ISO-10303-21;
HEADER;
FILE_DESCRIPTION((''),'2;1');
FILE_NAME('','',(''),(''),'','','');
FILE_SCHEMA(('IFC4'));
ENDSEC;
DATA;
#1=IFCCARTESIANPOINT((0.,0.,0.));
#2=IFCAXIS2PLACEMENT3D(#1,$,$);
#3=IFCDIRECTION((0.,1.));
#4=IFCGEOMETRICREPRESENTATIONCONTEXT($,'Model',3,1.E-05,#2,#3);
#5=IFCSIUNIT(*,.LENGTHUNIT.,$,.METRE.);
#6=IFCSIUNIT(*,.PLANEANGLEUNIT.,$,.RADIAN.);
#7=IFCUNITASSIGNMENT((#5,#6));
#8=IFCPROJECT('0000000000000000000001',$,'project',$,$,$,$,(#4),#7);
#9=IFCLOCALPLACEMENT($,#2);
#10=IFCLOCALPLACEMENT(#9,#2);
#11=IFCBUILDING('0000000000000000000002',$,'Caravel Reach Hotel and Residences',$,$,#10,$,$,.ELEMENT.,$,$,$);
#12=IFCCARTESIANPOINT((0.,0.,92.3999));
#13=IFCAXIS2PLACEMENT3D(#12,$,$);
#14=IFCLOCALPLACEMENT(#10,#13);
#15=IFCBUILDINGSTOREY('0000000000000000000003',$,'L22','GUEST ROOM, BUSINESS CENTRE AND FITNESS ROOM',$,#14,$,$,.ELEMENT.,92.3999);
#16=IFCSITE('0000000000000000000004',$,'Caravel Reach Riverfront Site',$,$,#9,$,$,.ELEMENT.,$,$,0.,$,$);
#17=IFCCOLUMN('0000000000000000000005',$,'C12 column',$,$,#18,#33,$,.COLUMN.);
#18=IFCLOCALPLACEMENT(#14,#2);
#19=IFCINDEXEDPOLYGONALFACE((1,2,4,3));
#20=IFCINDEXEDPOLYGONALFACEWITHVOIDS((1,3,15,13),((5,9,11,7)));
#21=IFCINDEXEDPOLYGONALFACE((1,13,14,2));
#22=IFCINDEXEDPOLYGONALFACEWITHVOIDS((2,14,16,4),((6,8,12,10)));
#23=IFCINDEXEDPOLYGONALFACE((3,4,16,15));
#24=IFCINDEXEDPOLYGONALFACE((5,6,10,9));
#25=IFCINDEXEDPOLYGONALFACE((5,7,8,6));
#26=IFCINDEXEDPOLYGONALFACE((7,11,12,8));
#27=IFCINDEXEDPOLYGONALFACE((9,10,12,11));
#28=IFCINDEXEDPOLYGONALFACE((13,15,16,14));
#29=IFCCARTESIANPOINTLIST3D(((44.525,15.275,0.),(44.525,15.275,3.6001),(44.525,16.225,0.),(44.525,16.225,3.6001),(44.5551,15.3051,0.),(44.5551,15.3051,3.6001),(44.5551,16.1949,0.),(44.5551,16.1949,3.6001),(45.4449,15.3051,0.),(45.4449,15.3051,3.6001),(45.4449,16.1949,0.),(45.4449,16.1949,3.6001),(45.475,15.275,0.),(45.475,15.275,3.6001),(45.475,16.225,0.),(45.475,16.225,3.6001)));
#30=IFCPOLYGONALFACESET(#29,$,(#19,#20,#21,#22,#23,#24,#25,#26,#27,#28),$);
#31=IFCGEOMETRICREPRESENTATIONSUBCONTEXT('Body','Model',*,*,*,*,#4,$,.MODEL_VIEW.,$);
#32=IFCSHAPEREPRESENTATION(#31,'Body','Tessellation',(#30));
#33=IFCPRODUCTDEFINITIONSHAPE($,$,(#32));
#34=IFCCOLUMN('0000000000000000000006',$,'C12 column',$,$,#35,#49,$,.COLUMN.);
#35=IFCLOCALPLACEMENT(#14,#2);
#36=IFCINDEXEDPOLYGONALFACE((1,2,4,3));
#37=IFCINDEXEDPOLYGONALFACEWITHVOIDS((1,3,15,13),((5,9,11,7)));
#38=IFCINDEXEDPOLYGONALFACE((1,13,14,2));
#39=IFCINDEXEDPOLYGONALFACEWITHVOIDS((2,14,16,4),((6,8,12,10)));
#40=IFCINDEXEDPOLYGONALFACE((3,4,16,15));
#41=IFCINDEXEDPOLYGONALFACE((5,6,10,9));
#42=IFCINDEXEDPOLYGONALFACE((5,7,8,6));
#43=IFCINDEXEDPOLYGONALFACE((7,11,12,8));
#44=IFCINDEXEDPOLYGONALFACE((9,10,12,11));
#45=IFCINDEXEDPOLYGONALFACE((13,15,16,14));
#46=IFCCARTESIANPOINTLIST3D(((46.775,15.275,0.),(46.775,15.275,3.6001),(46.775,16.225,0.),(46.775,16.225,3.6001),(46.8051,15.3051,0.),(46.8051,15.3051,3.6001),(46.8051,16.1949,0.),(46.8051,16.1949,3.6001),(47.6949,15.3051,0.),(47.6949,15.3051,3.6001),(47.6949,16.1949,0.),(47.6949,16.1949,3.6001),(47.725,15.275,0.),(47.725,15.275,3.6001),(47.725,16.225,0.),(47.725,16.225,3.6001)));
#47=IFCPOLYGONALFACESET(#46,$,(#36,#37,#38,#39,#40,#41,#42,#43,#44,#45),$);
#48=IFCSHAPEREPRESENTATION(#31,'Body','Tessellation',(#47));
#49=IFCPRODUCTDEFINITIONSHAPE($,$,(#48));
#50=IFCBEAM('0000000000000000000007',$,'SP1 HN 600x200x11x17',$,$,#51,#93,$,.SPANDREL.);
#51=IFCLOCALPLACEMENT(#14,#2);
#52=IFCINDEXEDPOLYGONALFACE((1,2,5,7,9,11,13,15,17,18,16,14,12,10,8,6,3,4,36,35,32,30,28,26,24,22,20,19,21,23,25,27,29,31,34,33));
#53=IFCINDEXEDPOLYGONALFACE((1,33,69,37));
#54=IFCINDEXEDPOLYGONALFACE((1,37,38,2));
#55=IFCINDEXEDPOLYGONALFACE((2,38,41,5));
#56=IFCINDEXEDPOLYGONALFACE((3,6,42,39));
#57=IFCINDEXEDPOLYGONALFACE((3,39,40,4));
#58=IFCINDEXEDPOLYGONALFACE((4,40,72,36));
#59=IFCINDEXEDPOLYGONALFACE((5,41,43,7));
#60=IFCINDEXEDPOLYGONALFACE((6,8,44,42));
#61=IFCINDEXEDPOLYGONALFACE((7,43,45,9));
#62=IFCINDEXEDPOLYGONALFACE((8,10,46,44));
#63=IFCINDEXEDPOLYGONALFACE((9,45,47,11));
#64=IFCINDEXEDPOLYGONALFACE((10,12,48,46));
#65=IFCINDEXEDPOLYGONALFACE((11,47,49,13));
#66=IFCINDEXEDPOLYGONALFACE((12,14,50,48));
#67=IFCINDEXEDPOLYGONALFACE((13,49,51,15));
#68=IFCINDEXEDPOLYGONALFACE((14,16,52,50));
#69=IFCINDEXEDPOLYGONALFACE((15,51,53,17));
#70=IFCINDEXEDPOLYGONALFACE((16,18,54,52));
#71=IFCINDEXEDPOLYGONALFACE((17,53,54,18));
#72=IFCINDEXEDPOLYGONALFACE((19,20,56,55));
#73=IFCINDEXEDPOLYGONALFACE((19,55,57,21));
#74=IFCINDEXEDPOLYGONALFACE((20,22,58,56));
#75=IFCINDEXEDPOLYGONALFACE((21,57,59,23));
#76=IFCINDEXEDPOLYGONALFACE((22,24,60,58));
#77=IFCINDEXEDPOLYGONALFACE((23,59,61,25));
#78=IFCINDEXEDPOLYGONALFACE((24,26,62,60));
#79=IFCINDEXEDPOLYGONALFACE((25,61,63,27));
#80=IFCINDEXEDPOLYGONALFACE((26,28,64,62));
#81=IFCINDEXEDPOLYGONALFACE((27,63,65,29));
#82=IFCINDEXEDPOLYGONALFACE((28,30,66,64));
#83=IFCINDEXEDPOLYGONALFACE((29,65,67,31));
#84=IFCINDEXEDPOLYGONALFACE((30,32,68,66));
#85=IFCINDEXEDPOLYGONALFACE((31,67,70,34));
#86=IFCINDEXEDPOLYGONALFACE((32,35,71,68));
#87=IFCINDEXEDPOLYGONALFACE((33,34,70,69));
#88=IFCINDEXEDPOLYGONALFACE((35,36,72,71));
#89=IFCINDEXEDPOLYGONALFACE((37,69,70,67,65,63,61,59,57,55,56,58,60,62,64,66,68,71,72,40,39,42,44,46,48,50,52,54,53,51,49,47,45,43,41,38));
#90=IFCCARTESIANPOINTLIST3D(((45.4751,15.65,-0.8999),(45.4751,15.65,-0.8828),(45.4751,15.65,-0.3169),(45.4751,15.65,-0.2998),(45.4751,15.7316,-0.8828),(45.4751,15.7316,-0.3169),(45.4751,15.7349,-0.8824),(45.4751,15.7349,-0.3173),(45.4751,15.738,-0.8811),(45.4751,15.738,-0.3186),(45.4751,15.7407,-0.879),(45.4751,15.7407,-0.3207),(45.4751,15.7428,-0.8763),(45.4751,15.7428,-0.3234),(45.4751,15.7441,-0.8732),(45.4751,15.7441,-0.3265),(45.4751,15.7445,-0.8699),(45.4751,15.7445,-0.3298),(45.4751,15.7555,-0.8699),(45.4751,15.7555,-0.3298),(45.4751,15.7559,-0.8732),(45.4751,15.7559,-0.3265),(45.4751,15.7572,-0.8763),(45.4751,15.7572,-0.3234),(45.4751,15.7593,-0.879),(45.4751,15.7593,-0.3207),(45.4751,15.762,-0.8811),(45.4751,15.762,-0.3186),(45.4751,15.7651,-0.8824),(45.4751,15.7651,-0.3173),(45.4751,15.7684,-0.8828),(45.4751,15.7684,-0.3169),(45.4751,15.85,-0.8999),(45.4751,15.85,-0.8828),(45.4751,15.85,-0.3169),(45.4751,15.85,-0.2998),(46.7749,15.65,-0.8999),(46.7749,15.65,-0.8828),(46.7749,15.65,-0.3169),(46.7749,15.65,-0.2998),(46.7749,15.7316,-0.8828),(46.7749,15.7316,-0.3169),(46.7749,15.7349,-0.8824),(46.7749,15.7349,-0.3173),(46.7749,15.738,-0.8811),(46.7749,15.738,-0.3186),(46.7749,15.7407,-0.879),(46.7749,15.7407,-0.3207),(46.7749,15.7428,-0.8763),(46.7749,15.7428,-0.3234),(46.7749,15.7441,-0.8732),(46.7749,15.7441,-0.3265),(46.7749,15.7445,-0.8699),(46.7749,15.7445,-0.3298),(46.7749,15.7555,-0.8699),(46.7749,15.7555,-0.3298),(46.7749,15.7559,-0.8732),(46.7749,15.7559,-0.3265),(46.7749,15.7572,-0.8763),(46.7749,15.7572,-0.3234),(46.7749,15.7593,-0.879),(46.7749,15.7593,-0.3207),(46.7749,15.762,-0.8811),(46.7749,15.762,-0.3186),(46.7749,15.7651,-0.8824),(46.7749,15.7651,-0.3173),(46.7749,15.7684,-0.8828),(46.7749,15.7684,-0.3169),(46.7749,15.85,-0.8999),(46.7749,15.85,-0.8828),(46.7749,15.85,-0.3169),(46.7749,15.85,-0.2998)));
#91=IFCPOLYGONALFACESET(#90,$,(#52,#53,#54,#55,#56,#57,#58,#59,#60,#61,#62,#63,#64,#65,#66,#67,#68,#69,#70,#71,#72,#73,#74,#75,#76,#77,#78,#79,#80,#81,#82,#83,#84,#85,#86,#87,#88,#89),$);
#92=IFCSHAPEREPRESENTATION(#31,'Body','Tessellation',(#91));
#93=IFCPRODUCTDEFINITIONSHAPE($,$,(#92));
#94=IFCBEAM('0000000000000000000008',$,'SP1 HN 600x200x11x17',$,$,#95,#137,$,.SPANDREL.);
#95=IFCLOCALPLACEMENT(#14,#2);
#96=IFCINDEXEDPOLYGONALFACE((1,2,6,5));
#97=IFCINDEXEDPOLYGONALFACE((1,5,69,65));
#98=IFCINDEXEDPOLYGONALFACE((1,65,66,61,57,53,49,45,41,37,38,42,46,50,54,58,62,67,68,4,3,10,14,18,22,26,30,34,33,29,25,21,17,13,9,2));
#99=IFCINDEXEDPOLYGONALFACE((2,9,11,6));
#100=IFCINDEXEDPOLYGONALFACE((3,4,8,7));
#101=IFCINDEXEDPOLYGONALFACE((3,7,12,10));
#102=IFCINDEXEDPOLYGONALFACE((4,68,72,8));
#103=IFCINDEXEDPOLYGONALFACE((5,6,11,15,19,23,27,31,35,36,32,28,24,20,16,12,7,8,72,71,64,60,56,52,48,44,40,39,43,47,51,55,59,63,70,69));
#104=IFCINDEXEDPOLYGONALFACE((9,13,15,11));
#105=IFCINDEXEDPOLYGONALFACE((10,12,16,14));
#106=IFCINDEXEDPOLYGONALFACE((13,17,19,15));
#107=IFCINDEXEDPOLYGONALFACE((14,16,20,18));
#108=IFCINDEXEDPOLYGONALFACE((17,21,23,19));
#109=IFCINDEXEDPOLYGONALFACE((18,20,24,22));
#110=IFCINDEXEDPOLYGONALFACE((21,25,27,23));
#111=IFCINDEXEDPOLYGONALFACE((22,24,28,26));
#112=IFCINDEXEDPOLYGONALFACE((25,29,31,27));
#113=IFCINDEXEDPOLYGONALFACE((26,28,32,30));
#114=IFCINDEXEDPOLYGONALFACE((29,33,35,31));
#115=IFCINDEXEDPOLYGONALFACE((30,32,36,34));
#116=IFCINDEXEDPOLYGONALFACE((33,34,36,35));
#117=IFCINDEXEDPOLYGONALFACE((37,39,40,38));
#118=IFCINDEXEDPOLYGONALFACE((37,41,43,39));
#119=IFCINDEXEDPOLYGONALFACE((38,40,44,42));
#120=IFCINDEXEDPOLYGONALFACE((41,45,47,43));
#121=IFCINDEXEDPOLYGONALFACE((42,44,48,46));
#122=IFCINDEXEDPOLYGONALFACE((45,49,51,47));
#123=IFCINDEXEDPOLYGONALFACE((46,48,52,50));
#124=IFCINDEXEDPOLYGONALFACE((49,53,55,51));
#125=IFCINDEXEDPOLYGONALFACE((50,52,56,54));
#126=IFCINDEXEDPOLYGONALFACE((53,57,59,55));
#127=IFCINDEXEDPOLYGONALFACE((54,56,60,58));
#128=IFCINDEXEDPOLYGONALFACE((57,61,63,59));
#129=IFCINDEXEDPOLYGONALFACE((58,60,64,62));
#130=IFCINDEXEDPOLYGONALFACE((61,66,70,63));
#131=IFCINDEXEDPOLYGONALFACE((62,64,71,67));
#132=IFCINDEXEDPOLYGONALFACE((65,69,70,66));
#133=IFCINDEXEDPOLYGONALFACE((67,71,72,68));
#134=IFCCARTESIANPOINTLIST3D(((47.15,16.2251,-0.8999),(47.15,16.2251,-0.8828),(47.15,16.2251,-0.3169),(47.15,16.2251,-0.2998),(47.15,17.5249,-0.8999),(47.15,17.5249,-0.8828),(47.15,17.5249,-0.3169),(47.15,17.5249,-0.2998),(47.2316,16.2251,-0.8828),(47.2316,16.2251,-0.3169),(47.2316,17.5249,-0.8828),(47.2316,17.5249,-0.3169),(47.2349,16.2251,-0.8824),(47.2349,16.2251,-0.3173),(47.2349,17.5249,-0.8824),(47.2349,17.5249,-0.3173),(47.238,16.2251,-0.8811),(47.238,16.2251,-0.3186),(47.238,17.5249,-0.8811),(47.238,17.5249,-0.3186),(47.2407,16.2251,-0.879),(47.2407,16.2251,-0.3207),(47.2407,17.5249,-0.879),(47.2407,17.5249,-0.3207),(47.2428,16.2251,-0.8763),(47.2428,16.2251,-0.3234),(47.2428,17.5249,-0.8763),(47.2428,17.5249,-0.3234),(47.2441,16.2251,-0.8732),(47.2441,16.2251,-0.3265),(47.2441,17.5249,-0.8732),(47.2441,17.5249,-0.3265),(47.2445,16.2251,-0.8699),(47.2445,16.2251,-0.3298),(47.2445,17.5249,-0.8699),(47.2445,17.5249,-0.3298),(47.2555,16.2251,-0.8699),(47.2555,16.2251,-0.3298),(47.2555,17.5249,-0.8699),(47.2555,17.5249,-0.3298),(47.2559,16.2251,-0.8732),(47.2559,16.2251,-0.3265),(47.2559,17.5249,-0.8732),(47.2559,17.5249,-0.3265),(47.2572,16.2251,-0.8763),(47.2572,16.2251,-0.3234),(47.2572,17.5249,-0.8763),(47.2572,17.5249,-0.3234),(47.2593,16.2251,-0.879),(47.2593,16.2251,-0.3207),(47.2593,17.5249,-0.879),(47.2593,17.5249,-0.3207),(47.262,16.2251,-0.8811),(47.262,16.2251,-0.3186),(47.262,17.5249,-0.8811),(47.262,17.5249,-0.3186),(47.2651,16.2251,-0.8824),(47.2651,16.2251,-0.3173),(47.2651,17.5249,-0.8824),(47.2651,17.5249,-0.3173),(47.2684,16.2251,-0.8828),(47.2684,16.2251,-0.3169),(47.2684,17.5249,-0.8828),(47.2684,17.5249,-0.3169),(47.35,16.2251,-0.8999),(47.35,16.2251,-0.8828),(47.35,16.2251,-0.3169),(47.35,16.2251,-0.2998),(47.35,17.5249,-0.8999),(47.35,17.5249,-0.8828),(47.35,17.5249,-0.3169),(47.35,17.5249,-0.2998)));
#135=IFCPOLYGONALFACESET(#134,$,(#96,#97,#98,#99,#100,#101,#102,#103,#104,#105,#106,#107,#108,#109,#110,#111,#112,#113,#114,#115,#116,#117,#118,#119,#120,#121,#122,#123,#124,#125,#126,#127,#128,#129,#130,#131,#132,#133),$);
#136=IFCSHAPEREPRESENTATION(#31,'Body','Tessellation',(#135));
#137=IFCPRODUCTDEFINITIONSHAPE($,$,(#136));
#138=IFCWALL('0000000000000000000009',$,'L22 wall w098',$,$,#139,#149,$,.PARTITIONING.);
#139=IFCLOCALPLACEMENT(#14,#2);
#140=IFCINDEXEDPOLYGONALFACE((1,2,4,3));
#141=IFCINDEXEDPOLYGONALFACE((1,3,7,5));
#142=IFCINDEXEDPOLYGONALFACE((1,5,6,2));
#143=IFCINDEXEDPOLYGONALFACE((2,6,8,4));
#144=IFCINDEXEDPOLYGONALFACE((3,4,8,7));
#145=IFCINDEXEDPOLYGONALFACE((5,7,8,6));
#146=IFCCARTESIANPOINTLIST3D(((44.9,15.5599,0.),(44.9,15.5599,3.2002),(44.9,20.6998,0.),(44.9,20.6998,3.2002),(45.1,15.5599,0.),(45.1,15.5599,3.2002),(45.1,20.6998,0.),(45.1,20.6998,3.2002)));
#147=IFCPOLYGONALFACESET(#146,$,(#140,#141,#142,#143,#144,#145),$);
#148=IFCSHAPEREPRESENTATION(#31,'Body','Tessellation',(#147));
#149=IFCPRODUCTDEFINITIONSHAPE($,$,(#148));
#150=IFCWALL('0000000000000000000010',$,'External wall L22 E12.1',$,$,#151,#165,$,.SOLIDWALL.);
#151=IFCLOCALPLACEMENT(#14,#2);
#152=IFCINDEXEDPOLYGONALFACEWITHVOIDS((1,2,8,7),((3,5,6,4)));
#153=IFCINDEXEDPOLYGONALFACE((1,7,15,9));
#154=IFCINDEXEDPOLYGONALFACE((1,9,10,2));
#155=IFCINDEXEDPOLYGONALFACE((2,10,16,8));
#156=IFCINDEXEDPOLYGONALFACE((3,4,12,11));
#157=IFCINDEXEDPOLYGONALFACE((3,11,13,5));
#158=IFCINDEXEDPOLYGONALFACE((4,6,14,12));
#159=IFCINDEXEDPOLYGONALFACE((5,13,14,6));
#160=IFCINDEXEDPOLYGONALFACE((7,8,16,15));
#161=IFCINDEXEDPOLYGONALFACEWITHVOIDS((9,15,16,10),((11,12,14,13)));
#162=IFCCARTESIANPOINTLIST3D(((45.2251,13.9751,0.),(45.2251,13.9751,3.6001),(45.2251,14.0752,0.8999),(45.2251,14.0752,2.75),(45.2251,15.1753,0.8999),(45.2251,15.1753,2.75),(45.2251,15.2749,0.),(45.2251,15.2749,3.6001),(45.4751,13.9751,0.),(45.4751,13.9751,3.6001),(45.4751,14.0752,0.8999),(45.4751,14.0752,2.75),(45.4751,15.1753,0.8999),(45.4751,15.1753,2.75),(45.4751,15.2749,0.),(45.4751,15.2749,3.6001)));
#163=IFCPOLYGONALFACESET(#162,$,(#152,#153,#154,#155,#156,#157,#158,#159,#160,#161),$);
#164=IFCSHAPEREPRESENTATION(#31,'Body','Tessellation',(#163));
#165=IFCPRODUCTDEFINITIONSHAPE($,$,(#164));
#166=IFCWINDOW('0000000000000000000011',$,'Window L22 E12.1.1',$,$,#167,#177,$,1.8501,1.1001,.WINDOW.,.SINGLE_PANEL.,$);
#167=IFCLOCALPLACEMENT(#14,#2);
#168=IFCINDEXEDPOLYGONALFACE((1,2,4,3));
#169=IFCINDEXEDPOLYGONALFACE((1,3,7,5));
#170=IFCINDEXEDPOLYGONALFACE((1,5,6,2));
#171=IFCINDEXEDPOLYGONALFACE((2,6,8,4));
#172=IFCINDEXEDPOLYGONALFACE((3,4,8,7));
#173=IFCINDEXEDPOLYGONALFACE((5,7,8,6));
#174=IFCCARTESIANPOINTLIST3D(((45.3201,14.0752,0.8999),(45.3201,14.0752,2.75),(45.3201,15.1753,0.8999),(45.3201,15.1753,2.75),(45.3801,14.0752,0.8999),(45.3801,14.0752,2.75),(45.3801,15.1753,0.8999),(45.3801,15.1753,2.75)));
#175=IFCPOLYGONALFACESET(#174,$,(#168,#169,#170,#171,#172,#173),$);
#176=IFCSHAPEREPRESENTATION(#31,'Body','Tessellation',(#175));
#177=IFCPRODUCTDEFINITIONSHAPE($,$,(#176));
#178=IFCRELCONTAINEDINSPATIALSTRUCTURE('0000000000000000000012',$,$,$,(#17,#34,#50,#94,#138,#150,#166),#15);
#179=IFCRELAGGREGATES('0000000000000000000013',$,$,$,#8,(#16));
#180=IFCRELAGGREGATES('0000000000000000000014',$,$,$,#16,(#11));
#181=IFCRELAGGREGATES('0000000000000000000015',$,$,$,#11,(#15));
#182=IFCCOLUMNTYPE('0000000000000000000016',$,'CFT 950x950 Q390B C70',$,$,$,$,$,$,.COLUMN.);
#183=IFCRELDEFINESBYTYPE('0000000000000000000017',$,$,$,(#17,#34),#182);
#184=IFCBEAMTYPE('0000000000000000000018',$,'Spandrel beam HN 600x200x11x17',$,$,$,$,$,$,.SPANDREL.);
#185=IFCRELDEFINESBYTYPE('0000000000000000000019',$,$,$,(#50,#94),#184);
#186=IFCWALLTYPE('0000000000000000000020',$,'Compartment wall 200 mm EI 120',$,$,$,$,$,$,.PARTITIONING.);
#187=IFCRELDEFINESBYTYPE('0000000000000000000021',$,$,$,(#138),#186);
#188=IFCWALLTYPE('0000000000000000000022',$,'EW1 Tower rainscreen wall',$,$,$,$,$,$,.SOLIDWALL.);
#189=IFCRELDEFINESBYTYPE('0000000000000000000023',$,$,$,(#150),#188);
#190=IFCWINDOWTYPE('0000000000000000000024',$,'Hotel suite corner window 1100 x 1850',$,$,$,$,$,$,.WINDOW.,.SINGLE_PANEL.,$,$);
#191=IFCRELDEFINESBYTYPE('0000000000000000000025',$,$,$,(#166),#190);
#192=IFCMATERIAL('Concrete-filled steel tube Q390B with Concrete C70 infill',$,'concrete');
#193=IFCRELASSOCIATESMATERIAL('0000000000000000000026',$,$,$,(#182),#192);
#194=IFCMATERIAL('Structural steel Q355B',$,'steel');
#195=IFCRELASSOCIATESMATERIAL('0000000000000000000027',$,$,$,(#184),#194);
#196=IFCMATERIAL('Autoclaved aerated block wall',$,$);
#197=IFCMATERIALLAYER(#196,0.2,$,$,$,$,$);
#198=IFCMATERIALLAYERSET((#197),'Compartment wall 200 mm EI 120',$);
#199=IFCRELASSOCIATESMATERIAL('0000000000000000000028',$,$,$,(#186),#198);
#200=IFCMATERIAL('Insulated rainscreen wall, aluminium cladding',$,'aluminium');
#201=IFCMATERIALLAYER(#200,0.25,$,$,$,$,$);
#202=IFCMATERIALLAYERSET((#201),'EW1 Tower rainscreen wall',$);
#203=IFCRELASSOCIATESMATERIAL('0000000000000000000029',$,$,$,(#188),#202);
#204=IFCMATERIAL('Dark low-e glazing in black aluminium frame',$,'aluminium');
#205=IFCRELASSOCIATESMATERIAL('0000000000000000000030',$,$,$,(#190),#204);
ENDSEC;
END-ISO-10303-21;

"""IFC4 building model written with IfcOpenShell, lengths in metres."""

from ifc_helpers import new_model, si_unit, direction, frame, frame_2d, origin, origin_2d, place, context, subcontext, project, spatial, rectangle, hollow_rectangle, i_section, extrude, material, layer, layer_set, material_profile, profile_set, type_object, element, fill, save


model = new_model("IFC4")

# Units and contexts
model_context = context("Model", 3, precision=1e-05, world=origin(), true_north=direction((0.0, 1.0)))
body_context = subcontext(model_context, "Body", "Model", "MODEL_VIEW")
ifc_project = project(units=[si_unit("LENGTHUNIT", "METRE"), si_unit("PLANEANGLEUNIT", "RADIAN")], contexts=[model_context])

# Site, building, storey
site_placement = place(None, origin())
site = spatial("IfcSite", under=ifc_project, at=site_placement, Name="Caravel Reach Riverfront Site", CompositionType="ELEMENT", RefElevation=0.0)
building_placement = place(site_placement, origin())
building = spatial("IfcBuilding", under=site, at=building_placement, Name="Caravel Reach Hotel and Residences", CompositionType="ELEMENT")
storey_placement = place(building_placement, frame((0.0, 0.0, 92.3999)))
storey = spatial("IfcBuildingStorey", under=building, at=storey_placement, Name="L22", Description="GUEST ROOM, BUSINESS CENTRE AND FITNESS ROOM", CompositionType="ELEMENT", Elevation=92.3999)

# Columns
ifc_material_1 = material(Name="Concrete-filled steel tube Q390B with Concrete C70 infill", Category="concrete")
ifc_material_profile_1 = material_profile(ifc_material_1, hollow_rectangle(XDim=0.95, YDim=0.95, WallThickness=0.03, at=origin_2d()), Name="RHS 950x950x30")
ifc_profile_set_1 = profile_set([ifc_material_profile_1], Name="Concrete-filled steel tube Q390B with Concrete C70 infill")
column_type = type_object("IfcColumnType", Name="CFT 950x950 Q390B C70", PredefinedType="COLUMN", material=ifc_profile_set_1)
for number, where, z_axis, x_axis, name in (
    (1, (45.0, 15.75, 0.0), (0.0, 0.0, 1.0), (1.0, 0.0, 0.0), "C12 column"),
    (2, (47.25, 15.75, 0.0), (0.0, 0.0, 1.0), (1.0, 0.0, 0.0), "C12 column"),
):
    element("IfcColumn", number, at=place(storey_placement, frame(where, z_axis=z_axis, x_axis=x_axis)), inside=storey, type_object=column_type, Name=name, PredefinedType="COLUMN", context=body_context, shape_type="SweptSolid", body=[
        extrude(hollow_rectangle(XDim=0.95, YDim=0.95, WallThickness=0.03, at=origin_2d()), origin(), (0.0, 0.0, 1.0), 3.6001),
    ])

# Beams
ifc_material_2 = material(Name="Structural steel Q355B", Category="steel")
ifc_material_profile_2 = material_profile(ifc_material_2, i_section(OverallWidth=0.2, OverallDepth=0.6001, WebThickness=0.011, FlangeThickness=0.0171, FilletRadius=0.0129, at=origin_2d()), Name="HN 600x200x11x17")
ifc_profile_set_2 = profile_set([ifc_material_profile_2], Name="Structural steel Q355B")
beam_type = type_object("IfcBeamType", Name="Spandrel beam HN 600x200x11x17", PredefinedType="SPANDREL", material=ifc_profile_set_2)
for number, where, z_axis, x_axis, name in (
    (3, (45.4751, 15.75, -0.5999), (1.0, 0.0, 0.0), (0.0, 1.0, 0.0), "SP1 HN 600x200x11x17"),
    (4, (47.25, 16.2251, -0.5999), (0.0, 1.0, 0.0), (-1.0, 0.0, 0.0), "SP1 HN 600x200x11x17"),
):
    element("IfcBeam", number, at=place(storey_placement, frame(where, z_axis=z_axis, x_axis=x_axis)), inside=storey, type_object=beam_type, Name=name, PredefinedType="SPANDREL", context=body_context, shape_type="SweptSolid", body=[
        extrude(i_section(OverallWidth=0.2, OverallDepth=0.6001, WebThickness=0.011, FlangeThickness=0.0171, FilletRadius=0.0129, at=origin_2d()), origin(), (0.0, 0.0, 1.0), 1.2998),
    ])

# Wall
ifc_material_3 = material(Name="Autoclaved aerated block wall")
ifc_layer_1 = layer(ifc_material_3, 0.2)
ifc_layer_set_1 = layer_set([ifc_layer_1], Name="Compartment wall 200 mm EI 120")
wall_type_1 = type_object("IfcWallType", Name="Compartment wall 200 mm EI 120", PredefinedType="PARTITIONING", material=ifc_layer_set_1)
wall_1_placement = place(storey_placement, frame((45.0, 15.5601, 0.0), z_axis=(0.0, 0.0, 1.0), x_axis=(0.0, 1.0, 0.0)))
element("IfcWall", 5, at=wall_1_placement, inside=storey, type_object=wall_type_1, Name="L22 wall w098", PredefinedType="PARTITIONING", context=body_context, shape_type="SweptSolid", body=[
    extrude(rectangle(XDim=5.1399, YDim=0.2, at=frame_2d((2.5698, 0.0))), origin(), (0.0, 0.0, 1.0), 3.2002),
])

# Wall, opening, window
ifc_material_4 = material(Name="Insulated rainscreen wall, aluminium cladding", Category="aluminium")
ifc_layer_2 = layer(ifc_material_4, 0.25)
ifc_layer_set_2 = layer_set([ifc_layer_2], Name="EW1 Tower rainscreen wall")
wall_type_2 = type_object("IfcWallType", Name="EW1 Tower rainscreen wall", PredefinedType="SOLIDWALL", material=ifc_layer_set_2)
wall_2_placement = place(storey_placement, frame((45.3501, 13.9751, 0.0), z_axis=(0.0, 0.0, 1.0), x_axis=(0.0, 1.0, 0.0)))
wall_2 = element("IfcWall", 6, at=wall_2_placement, inside=storey, type_object=wall_type_2, Name="External wall L22 E12.1", PredefinedType="SOLIDWALL", context=body_context, shape_type="SweptSolid", body=[
    extrude(rectangle(XDim=1.2998, YDim=0.25, at=frame_2d((0.6499, 0.0))), origin(), (0.0, 0.0, 1.0), 3.6001),
])
opening_1_placement = place(wall_2_placement, frame((0.1001, 0.0, 0.8999)))
opening_1 = element("IfcOpeningElement", 7, at=opening_1_placement, cuts=wall_2, PredefinedType="OPENING", context=body_context, shape_type="SweptSolid", body=[
    extrude(rectangle(XDim=1.1001, YDim=1.8501, at=frame_2d((0.55, 0.925))), frame((0.0, 0.135, 0.0), z_axis=(0.0, -1.0, 0.0), x_axis=(1.0, 0.0, 0.0)), (0.0, 0.0, 1.0), 0.27),
])
ifc_material_5 = material(Name="Dark low-e glazing in black aluminium frame", Category="aluminium")
window_type_1 = type_object("IfcWindowType", Name="Hotel suite corner window 1100 x 1850", PartitioningType="SINGLE_PANEL", PredefinedType="WINDOW", material=ifc_material_5)
window_1_placement = place(opening_1_placement, origin())
window_1 = element("IfcWindow", 8, at=window_1_placement, inside=storey, type_object=window_type_1, Name="Window L22 E12.1.1", OverallHeight=1.8501, OverallWidth=1.1001, PartitioningType="SINGLE_PANEL", PredefinedType="WINDOW", context=body_context, shape_type="SweptSolid", body=[
    extrude(rectangle(XDim=1.1001, YDim=1.8501, at=frame_2d((0.55, 0.925))), frame((0.0, 0.03, 0.0), z_axis=(0.0, -1.0, 0.0), x_axis=(1.0, 0.0, 0.0)), (0.0, 0.0, 1.0), 0.0601),
])
fill(opening_1, window_1)

save(model, "model.ifc")
